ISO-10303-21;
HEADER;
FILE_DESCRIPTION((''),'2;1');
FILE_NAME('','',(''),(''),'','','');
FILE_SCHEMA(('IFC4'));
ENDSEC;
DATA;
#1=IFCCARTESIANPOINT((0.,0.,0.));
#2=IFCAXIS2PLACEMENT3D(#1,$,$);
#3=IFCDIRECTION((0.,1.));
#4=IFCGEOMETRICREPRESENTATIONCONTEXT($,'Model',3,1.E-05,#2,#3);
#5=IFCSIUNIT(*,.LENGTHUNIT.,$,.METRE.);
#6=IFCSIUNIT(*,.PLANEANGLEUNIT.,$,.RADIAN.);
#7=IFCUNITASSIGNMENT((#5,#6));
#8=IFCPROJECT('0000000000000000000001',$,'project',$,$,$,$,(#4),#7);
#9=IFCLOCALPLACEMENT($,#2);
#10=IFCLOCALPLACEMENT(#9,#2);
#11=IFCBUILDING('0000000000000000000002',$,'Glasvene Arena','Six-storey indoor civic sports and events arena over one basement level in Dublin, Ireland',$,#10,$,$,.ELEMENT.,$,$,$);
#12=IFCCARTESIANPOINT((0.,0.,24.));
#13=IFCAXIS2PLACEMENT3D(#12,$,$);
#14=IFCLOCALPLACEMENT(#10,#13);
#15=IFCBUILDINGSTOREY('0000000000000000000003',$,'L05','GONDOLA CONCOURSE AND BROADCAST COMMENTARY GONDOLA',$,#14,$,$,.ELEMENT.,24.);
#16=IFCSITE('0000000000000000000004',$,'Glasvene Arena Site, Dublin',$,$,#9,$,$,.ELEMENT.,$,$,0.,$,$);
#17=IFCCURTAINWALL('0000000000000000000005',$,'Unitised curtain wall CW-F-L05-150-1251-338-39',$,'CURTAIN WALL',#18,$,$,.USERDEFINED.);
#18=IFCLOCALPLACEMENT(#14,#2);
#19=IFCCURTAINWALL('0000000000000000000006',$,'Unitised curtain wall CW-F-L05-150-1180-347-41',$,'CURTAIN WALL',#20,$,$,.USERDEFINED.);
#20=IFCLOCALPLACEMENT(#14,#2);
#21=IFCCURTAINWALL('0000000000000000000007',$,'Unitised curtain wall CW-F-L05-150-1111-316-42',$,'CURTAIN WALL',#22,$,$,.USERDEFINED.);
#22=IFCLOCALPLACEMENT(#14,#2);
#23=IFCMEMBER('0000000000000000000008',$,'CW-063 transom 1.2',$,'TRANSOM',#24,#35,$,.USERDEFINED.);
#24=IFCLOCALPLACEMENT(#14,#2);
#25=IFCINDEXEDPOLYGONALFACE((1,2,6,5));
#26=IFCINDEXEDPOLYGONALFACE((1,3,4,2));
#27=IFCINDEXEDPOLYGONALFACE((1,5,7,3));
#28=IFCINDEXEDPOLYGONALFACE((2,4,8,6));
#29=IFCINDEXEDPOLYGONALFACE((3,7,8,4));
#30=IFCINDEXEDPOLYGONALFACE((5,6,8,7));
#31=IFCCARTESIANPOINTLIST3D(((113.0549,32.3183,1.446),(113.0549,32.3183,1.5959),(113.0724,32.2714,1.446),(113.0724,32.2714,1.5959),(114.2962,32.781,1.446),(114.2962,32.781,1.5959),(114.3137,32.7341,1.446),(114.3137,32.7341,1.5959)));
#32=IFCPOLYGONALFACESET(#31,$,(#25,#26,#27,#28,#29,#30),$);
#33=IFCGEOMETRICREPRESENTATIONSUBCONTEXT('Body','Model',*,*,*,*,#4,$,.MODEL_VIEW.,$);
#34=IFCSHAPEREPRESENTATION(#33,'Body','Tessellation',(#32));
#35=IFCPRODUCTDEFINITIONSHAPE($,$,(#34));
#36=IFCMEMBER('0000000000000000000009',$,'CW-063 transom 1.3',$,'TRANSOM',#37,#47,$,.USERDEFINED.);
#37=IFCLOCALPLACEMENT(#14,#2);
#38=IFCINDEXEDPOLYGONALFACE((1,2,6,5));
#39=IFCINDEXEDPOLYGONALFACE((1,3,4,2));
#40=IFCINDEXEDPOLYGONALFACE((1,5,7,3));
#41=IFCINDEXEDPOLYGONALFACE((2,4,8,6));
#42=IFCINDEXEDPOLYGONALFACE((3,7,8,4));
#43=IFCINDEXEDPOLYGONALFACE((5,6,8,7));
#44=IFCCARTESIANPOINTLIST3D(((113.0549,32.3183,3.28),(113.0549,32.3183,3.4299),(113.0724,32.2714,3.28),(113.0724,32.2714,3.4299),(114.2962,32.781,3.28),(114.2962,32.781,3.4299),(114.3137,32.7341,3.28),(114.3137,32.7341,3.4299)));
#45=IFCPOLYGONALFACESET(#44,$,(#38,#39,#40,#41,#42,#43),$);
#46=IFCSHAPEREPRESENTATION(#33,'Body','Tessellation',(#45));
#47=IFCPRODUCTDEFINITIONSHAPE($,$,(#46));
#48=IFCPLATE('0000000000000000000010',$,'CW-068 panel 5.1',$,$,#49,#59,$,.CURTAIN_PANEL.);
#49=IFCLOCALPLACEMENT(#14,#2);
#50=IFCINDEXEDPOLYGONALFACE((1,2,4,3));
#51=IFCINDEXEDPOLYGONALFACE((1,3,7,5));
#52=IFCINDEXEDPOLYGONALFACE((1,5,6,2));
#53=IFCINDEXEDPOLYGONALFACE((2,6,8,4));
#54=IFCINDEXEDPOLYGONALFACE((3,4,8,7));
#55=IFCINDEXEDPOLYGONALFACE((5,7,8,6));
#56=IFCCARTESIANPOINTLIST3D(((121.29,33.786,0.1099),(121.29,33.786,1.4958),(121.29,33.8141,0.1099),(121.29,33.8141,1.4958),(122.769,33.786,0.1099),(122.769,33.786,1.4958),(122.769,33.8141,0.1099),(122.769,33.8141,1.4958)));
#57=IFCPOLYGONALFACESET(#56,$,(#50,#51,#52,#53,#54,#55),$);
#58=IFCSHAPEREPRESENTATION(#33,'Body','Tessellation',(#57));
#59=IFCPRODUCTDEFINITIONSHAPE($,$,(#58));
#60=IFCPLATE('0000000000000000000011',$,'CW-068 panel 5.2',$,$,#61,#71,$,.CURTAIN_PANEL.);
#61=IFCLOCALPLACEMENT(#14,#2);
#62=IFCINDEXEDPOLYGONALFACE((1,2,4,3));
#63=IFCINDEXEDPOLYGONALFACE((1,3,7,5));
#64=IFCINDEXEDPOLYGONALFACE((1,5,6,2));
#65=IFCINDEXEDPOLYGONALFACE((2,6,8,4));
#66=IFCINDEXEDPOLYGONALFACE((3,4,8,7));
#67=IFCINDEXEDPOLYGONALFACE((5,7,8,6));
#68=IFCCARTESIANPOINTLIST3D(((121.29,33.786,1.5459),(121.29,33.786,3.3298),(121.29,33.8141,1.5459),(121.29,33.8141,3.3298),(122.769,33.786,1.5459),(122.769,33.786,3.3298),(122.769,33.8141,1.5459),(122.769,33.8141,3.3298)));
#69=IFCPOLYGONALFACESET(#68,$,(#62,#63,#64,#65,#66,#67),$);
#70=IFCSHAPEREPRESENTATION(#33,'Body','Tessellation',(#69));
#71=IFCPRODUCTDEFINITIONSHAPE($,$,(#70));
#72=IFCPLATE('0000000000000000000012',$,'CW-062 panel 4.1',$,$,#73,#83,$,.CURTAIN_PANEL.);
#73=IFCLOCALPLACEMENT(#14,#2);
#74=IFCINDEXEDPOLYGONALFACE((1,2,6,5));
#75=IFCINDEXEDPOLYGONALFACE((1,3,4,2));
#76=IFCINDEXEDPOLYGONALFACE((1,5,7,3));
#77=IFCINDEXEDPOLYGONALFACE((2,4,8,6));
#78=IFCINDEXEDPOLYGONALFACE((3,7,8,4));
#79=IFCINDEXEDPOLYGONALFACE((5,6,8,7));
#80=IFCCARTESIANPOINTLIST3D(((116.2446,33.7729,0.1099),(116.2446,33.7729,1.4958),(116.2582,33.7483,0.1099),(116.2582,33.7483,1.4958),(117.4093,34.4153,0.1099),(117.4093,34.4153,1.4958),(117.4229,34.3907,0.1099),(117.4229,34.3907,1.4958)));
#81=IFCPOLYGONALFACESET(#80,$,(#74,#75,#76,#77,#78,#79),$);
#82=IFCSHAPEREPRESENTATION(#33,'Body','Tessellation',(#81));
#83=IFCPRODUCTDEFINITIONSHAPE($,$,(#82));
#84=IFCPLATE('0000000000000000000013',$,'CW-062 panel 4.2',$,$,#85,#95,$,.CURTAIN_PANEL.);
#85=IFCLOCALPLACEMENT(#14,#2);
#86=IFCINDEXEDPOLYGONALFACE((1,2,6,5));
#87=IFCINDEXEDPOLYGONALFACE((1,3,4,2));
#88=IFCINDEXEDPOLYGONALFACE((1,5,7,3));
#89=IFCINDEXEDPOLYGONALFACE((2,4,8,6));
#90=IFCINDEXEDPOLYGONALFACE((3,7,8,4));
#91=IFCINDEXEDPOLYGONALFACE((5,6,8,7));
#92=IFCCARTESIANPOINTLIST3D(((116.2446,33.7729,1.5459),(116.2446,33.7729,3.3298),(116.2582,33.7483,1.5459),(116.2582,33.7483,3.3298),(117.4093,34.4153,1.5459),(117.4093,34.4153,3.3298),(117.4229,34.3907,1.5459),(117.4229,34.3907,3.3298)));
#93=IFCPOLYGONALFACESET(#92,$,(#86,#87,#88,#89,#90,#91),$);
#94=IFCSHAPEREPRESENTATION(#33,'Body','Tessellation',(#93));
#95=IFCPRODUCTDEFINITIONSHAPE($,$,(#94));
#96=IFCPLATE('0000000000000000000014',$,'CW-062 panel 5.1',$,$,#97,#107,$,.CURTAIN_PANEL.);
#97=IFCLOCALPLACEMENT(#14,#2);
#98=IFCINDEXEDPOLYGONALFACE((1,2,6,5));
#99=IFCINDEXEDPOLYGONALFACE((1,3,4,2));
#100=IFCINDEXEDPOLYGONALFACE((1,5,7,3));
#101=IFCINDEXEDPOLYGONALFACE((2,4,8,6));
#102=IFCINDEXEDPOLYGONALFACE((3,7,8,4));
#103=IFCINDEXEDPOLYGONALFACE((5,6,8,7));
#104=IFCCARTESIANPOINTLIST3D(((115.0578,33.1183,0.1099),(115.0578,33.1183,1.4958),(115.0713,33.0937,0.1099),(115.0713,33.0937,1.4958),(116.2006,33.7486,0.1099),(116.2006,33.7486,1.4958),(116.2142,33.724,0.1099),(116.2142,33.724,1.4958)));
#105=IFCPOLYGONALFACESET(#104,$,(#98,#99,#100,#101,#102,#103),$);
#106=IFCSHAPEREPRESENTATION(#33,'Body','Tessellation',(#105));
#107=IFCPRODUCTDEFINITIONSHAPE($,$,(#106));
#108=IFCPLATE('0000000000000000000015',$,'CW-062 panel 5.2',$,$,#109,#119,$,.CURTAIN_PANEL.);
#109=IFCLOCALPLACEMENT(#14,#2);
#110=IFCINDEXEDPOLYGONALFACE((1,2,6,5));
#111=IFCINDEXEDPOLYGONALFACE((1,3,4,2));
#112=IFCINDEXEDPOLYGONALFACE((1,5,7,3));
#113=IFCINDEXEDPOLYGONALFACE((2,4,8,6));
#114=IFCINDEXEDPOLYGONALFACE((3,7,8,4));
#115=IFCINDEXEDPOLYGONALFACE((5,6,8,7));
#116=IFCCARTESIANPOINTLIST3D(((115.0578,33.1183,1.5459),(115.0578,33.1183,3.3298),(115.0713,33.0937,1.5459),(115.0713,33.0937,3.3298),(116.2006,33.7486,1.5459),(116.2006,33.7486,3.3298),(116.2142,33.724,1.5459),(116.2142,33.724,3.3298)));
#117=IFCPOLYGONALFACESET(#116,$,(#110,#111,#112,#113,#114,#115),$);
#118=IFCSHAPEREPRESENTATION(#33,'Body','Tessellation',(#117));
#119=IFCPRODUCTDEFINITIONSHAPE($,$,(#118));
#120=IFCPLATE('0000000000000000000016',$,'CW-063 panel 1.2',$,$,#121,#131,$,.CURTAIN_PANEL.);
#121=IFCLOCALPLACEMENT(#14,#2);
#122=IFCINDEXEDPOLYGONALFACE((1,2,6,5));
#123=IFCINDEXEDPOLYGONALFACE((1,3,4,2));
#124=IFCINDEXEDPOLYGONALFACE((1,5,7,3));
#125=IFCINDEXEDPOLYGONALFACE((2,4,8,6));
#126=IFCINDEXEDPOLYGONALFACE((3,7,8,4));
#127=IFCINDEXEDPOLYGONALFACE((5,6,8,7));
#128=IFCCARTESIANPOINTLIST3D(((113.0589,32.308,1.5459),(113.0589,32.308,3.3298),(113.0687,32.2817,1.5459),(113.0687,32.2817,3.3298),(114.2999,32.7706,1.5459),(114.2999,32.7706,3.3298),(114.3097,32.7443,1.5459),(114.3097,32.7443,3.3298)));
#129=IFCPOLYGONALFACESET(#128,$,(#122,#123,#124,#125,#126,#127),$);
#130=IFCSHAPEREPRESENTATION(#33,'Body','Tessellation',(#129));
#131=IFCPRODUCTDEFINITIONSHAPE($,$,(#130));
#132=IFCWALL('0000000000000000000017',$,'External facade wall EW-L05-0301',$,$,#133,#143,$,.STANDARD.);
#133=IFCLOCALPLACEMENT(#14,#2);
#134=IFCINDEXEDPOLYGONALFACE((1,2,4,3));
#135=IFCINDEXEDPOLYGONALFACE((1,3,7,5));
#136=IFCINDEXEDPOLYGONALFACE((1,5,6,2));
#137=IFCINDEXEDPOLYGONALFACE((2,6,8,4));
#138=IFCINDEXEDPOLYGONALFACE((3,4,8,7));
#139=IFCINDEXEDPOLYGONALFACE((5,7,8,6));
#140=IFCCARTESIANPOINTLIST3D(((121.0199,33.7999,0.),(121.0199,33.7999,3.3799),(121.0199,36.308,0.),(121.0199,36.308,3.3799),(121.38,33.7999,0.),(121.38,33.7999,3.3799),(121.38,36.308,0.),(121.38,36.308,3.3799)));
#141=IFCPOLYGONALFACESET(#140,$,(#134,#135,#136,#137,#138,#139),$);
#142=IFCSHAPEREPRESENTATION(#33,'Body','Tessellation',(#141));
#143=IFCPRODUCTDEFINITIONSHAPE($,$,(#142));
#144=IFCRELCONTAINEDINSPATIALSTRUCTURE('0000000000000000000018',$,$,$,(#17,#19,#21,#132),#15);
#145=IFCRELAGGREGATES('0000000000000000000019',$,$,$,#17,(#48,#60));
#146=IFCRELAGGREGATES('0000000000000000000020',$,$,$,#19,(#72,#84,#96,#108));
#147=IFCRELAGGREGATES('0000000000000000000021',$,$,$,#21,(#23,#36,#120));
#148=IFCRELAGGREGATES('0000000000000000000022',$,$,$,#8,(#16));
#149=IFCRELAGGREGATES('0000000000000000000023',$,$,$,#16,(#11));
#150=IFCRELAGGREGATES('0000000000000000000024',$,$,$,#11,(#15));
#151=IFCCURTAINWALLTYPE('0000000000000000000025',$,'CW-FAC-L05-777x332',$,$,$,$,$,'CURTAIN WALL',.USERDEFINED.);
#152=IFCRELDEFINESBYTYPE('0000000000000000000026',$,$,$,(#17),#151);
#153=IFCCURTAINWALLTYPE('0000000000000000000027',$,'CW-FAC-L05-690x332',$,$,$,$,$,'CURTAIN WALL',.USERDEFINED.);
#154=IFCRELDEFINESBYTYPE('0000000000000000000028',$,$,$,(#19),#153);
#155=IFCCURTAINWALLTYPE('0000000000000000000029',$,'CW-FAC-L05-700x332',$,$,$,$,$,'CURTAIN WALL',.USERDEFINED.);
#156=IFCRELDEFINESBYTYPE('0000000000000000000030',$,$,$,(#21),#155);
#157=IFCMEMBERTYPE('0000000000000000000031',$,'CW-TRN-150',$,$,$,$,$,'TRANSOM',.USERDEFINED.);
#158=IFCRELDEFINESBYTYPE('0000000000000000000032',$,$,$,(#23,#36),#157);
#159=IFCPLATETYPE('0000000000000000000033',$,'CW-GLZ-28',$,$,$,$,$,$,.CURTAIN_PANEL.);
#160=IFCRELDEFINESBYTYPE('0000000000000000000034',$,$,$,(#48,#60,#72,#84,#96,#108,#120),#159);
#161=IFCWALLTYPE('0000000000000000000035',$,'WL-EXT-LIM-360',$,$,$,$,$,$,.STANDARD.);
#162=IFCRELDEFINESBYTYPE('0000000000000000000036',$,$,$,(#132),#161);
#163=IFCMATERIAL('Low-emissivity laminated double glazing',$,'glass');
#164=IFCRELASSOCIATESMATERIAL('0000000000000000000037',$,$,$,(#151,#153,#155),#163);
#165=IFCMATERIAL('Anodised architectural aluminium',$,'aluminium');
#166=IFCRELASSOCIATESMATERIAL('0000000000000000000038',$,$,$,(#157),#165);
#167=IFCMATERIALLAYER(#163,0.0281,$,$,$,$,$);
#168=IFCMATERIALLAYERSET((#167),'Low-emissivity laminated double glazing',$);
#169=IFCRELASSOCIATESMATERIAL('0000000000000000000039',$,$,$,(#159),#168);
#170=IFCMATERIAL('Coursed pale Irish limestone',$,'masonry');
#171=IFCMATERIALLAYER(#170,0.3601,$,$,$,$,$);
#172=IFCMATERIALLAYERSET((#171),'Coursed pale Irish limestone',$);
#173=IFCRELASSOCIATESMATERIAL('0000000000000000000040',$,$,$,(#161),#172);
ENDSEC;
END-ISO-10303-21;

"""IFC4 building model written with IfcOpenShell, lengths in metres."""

from ifc_helpers import new_model, si_unit, direction, frame, frame_2d, origin, origin_2d, place, context, subcontext, project, spatial, rectangle, extrude, material, layer, layer_set, material_profile, profile_set, type_object, element, aggregate, save


model = new_model("IFC4")

# Units and contexts
model_context = context("Model", 3, precision=1e-05, world=origin(), true_north=direction((0.0, 1.0)))
body_context = subcontext(model_context, "Body", "Model", "MODEL_VIEW")
ifc_project = project(units=[si_unit("LENGTHUNIT", "METRE"), si_unit("PLANEANGLEUNIT", "RADIAN")], contexts=[model_context])

# Site, building, storey
site_placement = place(None, origin())
site = spatial("IfcSite", under=ifc_project, at=site_placement, Name="Glasvene Arena Site, Dublin", CompositionType="ELEMENT", RefElevation=0.0)
building_placement = place(site_placement, origin())
building = spatial("IfcBuilding", under=site, at=building_placement, Name="Glasvene Arena", Description="Six-storey indoor civic sports and events arena over one basement level in Dublin, Ireland", CompositionType="ELEMENT")
storey_placement = place(building_placement, frame((0.0, 0.0, 24.0)))
storey = spatial("IfcBuildingStorey", under=building, at=storey_placement, Name="L05", Description="GONDOLA CONCOURSE AND BROADCAST COMMENTARY GONDOLA", CompositionType="ELEMENT", Elevation=24.0)

# Curtain wall
ifc_material_1 = material(Name="Low-emissivity laminated double glazing", Category="glass")
curtain_wall_type_1 = type_object("IfcCurtainWallType", Name="CW-FAC-L05-777x332", ElementType="CURTAIN WALL", PredefinedType="USERDEFINED", material=ifc_material_1)
curtain_wall_1_placement = place(storey_placement, frame((129.01, 33.8, 0.0)))
curtain_wall_1 = element("IfcCurtainWall", 1, at=curtain_wall_1_placement, inside=storey, type_object=curtain_wall_type_1, Name="Unitised curtain wall CW-F-L05-150-1251-338-39", ObjectType="CURTAIN WALL", PredefinedType="USERDEFINED")
ifc_material_2 = material(Name="Anodised architectural aluminium", Category="aluminium")

# Curtain wall
curtain_wall_type_2 = type_object("IfcCurtainWallType", Name="CW-FAC-L05-690x332", ElementType="CURTAIN WALL", PredefinedType="USERDEFINED", material=ifc_material_1)
curtain_wall_2_placement = place(storey_placement, frame((121.0635, 36.4146, 0.0)))
curtain_wall_2 = element("IfcCurtainWall", 2, at=curtain_wall_2_placement, inside=storey, type_object=curtain_wall_type_2, Name="Unitised curtain wall CW-F-L05-150-1180-347-41", ObjectType="CURTAIN WALL", PredefinedType="USERDEFINED")

# Curtain wall
curtain_wall_type_3 = type_object("IfcCurtainWallType", Name="CW-FAC-L05-700x332", ElementType="CURTAIN WALL", PredefinedType="USERDEFINED", material=ifc_material_1)
curtain_wall_3_placement = place(storey_placement, frame((114.3518, 32.7749, 0.0)))
curtain_wall_3 = element("IfcCurtainWall", 3, at=curtain_wall_3_placement, inside=storey, type_object=curtain_wall_type_3, Name="Unitised curtain wall CW-F-L05-150-1111-316-42", ObjectType="CURTAIN WALL", PredefinedType="USERDEFINED")

# Members
ifc_material_profile_1 = material_profile(ifc_material_2, rectangle(XDim=0.05, YDim=0.1499, at=origin_2d()), Name="ALU TRANSOM 50x150")
ifc_profile_set_1 = profile_set([ifc_material_profile_1], Name="Anodised architectural aluminium")
member_type_1 = type_object("IfcMemberType", Name="CW-TRN-150", ElementType="TRANSOM", PredefinedType="USERDEFINED", material=ifc_profile_set_1)
member_1_placement = place(storey_placement, frame((114.3049, 32.7576, 1.521), z_axis=(-0.937024, -0.349265, 0.0), x_axis=(0.349265, -0.937024, 0.0)))
member_1 = element("IfcMember", 4, at=member_1_placement, type_object=member_type_1, Name="CW-063 transom 1.2", ObjectType="TRANSOM", PredefinedType="USERDEFINED", context=body_context, shape_type="SweptSolid", body=[
    extrude(rectangle(XDim=0.05, YDim=0.1499, at=origin_2d()), origin(), (0.0, 0.0, 1.0), 1.3247),
])
member_2_placement = place(storey_placement, frame((114.3049, 32.7576, 3.355), z_axis=(-0.937024, -0.349265, 0.0), x_axis=(0.349265, -0.937024, 0.0)))
member_2 = element("IfcMember", 5, at=member_2_placement, type_object=member_type_1, Name="CW-063 transom 1.3", ObjectType="TRANSOM", PredefinedType="USERDEFINED", context=body_context, shape_type="SweptSolid", body=[
    extrude(rectangle(XDim=0.05, YDim=0.1499, at=origin_2d()), origin(), (0.0, 0.0, 1.0), 1.3247),
])

# Plates
ifc_layer_1 = layer(ifc_material_1, 0.0281)
ifc_layer_set_1 = layer_set([ifc_layer_1], Name="Low-emissivity laminated double glazing")
plate_type = type_object("IfcPlateType", Name="CW-GLZ-28", PredefinedType="CURTAIN_PANEL", material=ifc_layer_set_1)
plate_1_placement = place(storey_placement, frame((122.0295, 33.8, 0.1099), z_axis=(0.0, 0.0, 1.0), x_axis=(-1.0, 0.0, 0.0)))
plate_1 = element("IfcPlate", 6, at=plate_1_placement, type_object=plate_type, Name="CW-068 panel 5.1", PredefinedType="CURTAIN_PANEL", context=body_context, shape_type="SweptSolid", body=[
    extrude(rectangle(XDim=1.479, YDim=0.0281, at=origin_2d()), origin(), (0.0, 0.0, 1.0), 1.386),
])
plate_2_placement = place(storey_placement, frame((122.0295, 33.8, 1.5459), z_axis=(0.0, 0.0, 1.0), x_axis=(-1.0, 0.0, 0.0)))
plate_2 = element("IfcPlate", 7, at=plate_2_placement, type_object=plate_type, Name="CW-068 panel 5.2", PredefinedType="CURTAIN_PANEL", context=body_context, shape_type="SweptSolid", body=[
    extrude(rectangle(XDim=1.479, YDim=0.0281, at=origin_2d()), origin(), (0.0, 0.0, 1.0), 1.7839),
])
aggregate(curtain_wall_1, [plate_1, plate_2])
plate_3_placement = place(storey_placement, frame((116.8337, 34.0818, 0.1099), z_axis=(0.0, 0.0, 1.0), x_axis=(-0.875654, -0.482939, 0.0)))
plate_3 = element("IfcPlate", 8, at=plate_3_placement, type_object=plate_type, Name="CW-062 panel 4.1", PredefinedType="CURTAIN_PANEL", context=body_context, shape_type="SweptSolid", body=[
    extrude(rectangle(XDim=1.3301, YDim=0.0281, at=origin_2d()), origin(), (0.0, 0.0, 1.0), 1.386),
])
plate_4_placement = place(storey_placement, frame((116.8337, 34.0818, 1.5459), z_axis=(0.0, 0.0, 1.0), x_axis=(-0.875654, -0.482939, 0.0)))
plate_4 = element("IfcPlate", 9, at=plate_4_placement, type_object=plate_type, Name="CW-062 panel 4.2", PredefinedType="CURTAIN_PANEL", context=body_context, shape_type="SweptSolid", body=[
    extrude(rectangle(XDim=1.3301, YDim=0.0281, at=origin_2d()), origin(), (0.0, 0.0, 1.0), 1.7839),
])
plate_5_placement = place(storey_placement, frame((115.636, 33.4211, 0.1099), z_axis=(0.0, 0.0, 1.0), x_axis=(-0.875654, -0.482939, 0.0)))
plate_5 = element("IfcPlate", 10, at=plate_5_placement, type_object=plate_type, Name="CW-062 panel 5.1", PredefinedType="CURTAIN_PANEL", context=body_context, shape_type="SweptSolid", body=[
    extrude(rectangle(XDim=1.3052, YDim=0.0281, at=origin_2d()), origin(), (0.0, 0.0, 1.0), 1.386),
])
plate_6_placement = place(storey_placement, frame((115.636, 33.4211, 1.5459), z_axis=(0.0, 0.0, 1.0), x_axis=(-0.875654, -0.482939, 0.0)))
plate_6 = element("IfcPlate", 11, at=plate_6_placement, type_object=plate_type, Name="CW-062 panel 5.2", PredefinedType="CURTAIN_PANEL", context=body_context, shape_type="SweptSolid", body=[
    extrude(rectangle(XDim=1.3052, YDim=0.0281, at=origin_2d()), origin(), (0.0, 0.0, 1.0), 1.7839),
])
aggregate(curtain_wall_2, [plate_3, plate_4, plate_5, plate_6])
plate_7_placement = place(storey_placement, frame((113.6843, 32.5261, 1.5459), z_axis=(0.0, 0.0, 1.0), x_axis=(-0.937012, -0.349297, 0.0)))
plate_7 = element("IfcPlate", 12, at=plate_7_placement, type_object=plate_type, Name="CW-063 panel 1.2", PredefinedType="CURTAIN_PANEL", context=body_context, shape_type="SweptSolid", body=[
    extrude(rectangle(XDim=1.3245, YDim=0.0281, at=origin_2d()), origin(), (0.0, 0.0, 1.0), 1.7839),
])
aggregate(curtain_wall_3, [member_1, member_2, plate_7])

# Wall
ifc_material_3 = material(Name="Coursed pale Irish limestone", Category="masonry")
ifc_layer_2 = layer(ifc_material_3, 0.3601)
ifc_layer_set_2 = layer_set([ifc_layer_2], Name="Coursed pale Irish limestone")
wall_type = type_object("IfcWallType", Name="WL-EXT-LIM-360", PredefinedType="STANDARD", material=ifc_layer_set_2)
wall_placement = place(storey_placement, frame((121.2, 33.8, 0.0), z_axis=(0.0, 0.0, 1.0), x_axis=(0.0, 1.0, 0.0)))
element("IfcWall", 13, at=wall_placement, inside=storey, type_object=wall_type, Name="External facade wall EW-L05-0301", PredefinedType="STANDARD", context=body_context, shape_type="SweptSolid", body=[
    extrude(rectangle(XDim=2.5081, YDim=0.3601, at=frame_2d((1.2539, 0.0))), origin(), (0.0, 0.0, 1.0), 3.3799),
])

save(model, "model.ifc")
